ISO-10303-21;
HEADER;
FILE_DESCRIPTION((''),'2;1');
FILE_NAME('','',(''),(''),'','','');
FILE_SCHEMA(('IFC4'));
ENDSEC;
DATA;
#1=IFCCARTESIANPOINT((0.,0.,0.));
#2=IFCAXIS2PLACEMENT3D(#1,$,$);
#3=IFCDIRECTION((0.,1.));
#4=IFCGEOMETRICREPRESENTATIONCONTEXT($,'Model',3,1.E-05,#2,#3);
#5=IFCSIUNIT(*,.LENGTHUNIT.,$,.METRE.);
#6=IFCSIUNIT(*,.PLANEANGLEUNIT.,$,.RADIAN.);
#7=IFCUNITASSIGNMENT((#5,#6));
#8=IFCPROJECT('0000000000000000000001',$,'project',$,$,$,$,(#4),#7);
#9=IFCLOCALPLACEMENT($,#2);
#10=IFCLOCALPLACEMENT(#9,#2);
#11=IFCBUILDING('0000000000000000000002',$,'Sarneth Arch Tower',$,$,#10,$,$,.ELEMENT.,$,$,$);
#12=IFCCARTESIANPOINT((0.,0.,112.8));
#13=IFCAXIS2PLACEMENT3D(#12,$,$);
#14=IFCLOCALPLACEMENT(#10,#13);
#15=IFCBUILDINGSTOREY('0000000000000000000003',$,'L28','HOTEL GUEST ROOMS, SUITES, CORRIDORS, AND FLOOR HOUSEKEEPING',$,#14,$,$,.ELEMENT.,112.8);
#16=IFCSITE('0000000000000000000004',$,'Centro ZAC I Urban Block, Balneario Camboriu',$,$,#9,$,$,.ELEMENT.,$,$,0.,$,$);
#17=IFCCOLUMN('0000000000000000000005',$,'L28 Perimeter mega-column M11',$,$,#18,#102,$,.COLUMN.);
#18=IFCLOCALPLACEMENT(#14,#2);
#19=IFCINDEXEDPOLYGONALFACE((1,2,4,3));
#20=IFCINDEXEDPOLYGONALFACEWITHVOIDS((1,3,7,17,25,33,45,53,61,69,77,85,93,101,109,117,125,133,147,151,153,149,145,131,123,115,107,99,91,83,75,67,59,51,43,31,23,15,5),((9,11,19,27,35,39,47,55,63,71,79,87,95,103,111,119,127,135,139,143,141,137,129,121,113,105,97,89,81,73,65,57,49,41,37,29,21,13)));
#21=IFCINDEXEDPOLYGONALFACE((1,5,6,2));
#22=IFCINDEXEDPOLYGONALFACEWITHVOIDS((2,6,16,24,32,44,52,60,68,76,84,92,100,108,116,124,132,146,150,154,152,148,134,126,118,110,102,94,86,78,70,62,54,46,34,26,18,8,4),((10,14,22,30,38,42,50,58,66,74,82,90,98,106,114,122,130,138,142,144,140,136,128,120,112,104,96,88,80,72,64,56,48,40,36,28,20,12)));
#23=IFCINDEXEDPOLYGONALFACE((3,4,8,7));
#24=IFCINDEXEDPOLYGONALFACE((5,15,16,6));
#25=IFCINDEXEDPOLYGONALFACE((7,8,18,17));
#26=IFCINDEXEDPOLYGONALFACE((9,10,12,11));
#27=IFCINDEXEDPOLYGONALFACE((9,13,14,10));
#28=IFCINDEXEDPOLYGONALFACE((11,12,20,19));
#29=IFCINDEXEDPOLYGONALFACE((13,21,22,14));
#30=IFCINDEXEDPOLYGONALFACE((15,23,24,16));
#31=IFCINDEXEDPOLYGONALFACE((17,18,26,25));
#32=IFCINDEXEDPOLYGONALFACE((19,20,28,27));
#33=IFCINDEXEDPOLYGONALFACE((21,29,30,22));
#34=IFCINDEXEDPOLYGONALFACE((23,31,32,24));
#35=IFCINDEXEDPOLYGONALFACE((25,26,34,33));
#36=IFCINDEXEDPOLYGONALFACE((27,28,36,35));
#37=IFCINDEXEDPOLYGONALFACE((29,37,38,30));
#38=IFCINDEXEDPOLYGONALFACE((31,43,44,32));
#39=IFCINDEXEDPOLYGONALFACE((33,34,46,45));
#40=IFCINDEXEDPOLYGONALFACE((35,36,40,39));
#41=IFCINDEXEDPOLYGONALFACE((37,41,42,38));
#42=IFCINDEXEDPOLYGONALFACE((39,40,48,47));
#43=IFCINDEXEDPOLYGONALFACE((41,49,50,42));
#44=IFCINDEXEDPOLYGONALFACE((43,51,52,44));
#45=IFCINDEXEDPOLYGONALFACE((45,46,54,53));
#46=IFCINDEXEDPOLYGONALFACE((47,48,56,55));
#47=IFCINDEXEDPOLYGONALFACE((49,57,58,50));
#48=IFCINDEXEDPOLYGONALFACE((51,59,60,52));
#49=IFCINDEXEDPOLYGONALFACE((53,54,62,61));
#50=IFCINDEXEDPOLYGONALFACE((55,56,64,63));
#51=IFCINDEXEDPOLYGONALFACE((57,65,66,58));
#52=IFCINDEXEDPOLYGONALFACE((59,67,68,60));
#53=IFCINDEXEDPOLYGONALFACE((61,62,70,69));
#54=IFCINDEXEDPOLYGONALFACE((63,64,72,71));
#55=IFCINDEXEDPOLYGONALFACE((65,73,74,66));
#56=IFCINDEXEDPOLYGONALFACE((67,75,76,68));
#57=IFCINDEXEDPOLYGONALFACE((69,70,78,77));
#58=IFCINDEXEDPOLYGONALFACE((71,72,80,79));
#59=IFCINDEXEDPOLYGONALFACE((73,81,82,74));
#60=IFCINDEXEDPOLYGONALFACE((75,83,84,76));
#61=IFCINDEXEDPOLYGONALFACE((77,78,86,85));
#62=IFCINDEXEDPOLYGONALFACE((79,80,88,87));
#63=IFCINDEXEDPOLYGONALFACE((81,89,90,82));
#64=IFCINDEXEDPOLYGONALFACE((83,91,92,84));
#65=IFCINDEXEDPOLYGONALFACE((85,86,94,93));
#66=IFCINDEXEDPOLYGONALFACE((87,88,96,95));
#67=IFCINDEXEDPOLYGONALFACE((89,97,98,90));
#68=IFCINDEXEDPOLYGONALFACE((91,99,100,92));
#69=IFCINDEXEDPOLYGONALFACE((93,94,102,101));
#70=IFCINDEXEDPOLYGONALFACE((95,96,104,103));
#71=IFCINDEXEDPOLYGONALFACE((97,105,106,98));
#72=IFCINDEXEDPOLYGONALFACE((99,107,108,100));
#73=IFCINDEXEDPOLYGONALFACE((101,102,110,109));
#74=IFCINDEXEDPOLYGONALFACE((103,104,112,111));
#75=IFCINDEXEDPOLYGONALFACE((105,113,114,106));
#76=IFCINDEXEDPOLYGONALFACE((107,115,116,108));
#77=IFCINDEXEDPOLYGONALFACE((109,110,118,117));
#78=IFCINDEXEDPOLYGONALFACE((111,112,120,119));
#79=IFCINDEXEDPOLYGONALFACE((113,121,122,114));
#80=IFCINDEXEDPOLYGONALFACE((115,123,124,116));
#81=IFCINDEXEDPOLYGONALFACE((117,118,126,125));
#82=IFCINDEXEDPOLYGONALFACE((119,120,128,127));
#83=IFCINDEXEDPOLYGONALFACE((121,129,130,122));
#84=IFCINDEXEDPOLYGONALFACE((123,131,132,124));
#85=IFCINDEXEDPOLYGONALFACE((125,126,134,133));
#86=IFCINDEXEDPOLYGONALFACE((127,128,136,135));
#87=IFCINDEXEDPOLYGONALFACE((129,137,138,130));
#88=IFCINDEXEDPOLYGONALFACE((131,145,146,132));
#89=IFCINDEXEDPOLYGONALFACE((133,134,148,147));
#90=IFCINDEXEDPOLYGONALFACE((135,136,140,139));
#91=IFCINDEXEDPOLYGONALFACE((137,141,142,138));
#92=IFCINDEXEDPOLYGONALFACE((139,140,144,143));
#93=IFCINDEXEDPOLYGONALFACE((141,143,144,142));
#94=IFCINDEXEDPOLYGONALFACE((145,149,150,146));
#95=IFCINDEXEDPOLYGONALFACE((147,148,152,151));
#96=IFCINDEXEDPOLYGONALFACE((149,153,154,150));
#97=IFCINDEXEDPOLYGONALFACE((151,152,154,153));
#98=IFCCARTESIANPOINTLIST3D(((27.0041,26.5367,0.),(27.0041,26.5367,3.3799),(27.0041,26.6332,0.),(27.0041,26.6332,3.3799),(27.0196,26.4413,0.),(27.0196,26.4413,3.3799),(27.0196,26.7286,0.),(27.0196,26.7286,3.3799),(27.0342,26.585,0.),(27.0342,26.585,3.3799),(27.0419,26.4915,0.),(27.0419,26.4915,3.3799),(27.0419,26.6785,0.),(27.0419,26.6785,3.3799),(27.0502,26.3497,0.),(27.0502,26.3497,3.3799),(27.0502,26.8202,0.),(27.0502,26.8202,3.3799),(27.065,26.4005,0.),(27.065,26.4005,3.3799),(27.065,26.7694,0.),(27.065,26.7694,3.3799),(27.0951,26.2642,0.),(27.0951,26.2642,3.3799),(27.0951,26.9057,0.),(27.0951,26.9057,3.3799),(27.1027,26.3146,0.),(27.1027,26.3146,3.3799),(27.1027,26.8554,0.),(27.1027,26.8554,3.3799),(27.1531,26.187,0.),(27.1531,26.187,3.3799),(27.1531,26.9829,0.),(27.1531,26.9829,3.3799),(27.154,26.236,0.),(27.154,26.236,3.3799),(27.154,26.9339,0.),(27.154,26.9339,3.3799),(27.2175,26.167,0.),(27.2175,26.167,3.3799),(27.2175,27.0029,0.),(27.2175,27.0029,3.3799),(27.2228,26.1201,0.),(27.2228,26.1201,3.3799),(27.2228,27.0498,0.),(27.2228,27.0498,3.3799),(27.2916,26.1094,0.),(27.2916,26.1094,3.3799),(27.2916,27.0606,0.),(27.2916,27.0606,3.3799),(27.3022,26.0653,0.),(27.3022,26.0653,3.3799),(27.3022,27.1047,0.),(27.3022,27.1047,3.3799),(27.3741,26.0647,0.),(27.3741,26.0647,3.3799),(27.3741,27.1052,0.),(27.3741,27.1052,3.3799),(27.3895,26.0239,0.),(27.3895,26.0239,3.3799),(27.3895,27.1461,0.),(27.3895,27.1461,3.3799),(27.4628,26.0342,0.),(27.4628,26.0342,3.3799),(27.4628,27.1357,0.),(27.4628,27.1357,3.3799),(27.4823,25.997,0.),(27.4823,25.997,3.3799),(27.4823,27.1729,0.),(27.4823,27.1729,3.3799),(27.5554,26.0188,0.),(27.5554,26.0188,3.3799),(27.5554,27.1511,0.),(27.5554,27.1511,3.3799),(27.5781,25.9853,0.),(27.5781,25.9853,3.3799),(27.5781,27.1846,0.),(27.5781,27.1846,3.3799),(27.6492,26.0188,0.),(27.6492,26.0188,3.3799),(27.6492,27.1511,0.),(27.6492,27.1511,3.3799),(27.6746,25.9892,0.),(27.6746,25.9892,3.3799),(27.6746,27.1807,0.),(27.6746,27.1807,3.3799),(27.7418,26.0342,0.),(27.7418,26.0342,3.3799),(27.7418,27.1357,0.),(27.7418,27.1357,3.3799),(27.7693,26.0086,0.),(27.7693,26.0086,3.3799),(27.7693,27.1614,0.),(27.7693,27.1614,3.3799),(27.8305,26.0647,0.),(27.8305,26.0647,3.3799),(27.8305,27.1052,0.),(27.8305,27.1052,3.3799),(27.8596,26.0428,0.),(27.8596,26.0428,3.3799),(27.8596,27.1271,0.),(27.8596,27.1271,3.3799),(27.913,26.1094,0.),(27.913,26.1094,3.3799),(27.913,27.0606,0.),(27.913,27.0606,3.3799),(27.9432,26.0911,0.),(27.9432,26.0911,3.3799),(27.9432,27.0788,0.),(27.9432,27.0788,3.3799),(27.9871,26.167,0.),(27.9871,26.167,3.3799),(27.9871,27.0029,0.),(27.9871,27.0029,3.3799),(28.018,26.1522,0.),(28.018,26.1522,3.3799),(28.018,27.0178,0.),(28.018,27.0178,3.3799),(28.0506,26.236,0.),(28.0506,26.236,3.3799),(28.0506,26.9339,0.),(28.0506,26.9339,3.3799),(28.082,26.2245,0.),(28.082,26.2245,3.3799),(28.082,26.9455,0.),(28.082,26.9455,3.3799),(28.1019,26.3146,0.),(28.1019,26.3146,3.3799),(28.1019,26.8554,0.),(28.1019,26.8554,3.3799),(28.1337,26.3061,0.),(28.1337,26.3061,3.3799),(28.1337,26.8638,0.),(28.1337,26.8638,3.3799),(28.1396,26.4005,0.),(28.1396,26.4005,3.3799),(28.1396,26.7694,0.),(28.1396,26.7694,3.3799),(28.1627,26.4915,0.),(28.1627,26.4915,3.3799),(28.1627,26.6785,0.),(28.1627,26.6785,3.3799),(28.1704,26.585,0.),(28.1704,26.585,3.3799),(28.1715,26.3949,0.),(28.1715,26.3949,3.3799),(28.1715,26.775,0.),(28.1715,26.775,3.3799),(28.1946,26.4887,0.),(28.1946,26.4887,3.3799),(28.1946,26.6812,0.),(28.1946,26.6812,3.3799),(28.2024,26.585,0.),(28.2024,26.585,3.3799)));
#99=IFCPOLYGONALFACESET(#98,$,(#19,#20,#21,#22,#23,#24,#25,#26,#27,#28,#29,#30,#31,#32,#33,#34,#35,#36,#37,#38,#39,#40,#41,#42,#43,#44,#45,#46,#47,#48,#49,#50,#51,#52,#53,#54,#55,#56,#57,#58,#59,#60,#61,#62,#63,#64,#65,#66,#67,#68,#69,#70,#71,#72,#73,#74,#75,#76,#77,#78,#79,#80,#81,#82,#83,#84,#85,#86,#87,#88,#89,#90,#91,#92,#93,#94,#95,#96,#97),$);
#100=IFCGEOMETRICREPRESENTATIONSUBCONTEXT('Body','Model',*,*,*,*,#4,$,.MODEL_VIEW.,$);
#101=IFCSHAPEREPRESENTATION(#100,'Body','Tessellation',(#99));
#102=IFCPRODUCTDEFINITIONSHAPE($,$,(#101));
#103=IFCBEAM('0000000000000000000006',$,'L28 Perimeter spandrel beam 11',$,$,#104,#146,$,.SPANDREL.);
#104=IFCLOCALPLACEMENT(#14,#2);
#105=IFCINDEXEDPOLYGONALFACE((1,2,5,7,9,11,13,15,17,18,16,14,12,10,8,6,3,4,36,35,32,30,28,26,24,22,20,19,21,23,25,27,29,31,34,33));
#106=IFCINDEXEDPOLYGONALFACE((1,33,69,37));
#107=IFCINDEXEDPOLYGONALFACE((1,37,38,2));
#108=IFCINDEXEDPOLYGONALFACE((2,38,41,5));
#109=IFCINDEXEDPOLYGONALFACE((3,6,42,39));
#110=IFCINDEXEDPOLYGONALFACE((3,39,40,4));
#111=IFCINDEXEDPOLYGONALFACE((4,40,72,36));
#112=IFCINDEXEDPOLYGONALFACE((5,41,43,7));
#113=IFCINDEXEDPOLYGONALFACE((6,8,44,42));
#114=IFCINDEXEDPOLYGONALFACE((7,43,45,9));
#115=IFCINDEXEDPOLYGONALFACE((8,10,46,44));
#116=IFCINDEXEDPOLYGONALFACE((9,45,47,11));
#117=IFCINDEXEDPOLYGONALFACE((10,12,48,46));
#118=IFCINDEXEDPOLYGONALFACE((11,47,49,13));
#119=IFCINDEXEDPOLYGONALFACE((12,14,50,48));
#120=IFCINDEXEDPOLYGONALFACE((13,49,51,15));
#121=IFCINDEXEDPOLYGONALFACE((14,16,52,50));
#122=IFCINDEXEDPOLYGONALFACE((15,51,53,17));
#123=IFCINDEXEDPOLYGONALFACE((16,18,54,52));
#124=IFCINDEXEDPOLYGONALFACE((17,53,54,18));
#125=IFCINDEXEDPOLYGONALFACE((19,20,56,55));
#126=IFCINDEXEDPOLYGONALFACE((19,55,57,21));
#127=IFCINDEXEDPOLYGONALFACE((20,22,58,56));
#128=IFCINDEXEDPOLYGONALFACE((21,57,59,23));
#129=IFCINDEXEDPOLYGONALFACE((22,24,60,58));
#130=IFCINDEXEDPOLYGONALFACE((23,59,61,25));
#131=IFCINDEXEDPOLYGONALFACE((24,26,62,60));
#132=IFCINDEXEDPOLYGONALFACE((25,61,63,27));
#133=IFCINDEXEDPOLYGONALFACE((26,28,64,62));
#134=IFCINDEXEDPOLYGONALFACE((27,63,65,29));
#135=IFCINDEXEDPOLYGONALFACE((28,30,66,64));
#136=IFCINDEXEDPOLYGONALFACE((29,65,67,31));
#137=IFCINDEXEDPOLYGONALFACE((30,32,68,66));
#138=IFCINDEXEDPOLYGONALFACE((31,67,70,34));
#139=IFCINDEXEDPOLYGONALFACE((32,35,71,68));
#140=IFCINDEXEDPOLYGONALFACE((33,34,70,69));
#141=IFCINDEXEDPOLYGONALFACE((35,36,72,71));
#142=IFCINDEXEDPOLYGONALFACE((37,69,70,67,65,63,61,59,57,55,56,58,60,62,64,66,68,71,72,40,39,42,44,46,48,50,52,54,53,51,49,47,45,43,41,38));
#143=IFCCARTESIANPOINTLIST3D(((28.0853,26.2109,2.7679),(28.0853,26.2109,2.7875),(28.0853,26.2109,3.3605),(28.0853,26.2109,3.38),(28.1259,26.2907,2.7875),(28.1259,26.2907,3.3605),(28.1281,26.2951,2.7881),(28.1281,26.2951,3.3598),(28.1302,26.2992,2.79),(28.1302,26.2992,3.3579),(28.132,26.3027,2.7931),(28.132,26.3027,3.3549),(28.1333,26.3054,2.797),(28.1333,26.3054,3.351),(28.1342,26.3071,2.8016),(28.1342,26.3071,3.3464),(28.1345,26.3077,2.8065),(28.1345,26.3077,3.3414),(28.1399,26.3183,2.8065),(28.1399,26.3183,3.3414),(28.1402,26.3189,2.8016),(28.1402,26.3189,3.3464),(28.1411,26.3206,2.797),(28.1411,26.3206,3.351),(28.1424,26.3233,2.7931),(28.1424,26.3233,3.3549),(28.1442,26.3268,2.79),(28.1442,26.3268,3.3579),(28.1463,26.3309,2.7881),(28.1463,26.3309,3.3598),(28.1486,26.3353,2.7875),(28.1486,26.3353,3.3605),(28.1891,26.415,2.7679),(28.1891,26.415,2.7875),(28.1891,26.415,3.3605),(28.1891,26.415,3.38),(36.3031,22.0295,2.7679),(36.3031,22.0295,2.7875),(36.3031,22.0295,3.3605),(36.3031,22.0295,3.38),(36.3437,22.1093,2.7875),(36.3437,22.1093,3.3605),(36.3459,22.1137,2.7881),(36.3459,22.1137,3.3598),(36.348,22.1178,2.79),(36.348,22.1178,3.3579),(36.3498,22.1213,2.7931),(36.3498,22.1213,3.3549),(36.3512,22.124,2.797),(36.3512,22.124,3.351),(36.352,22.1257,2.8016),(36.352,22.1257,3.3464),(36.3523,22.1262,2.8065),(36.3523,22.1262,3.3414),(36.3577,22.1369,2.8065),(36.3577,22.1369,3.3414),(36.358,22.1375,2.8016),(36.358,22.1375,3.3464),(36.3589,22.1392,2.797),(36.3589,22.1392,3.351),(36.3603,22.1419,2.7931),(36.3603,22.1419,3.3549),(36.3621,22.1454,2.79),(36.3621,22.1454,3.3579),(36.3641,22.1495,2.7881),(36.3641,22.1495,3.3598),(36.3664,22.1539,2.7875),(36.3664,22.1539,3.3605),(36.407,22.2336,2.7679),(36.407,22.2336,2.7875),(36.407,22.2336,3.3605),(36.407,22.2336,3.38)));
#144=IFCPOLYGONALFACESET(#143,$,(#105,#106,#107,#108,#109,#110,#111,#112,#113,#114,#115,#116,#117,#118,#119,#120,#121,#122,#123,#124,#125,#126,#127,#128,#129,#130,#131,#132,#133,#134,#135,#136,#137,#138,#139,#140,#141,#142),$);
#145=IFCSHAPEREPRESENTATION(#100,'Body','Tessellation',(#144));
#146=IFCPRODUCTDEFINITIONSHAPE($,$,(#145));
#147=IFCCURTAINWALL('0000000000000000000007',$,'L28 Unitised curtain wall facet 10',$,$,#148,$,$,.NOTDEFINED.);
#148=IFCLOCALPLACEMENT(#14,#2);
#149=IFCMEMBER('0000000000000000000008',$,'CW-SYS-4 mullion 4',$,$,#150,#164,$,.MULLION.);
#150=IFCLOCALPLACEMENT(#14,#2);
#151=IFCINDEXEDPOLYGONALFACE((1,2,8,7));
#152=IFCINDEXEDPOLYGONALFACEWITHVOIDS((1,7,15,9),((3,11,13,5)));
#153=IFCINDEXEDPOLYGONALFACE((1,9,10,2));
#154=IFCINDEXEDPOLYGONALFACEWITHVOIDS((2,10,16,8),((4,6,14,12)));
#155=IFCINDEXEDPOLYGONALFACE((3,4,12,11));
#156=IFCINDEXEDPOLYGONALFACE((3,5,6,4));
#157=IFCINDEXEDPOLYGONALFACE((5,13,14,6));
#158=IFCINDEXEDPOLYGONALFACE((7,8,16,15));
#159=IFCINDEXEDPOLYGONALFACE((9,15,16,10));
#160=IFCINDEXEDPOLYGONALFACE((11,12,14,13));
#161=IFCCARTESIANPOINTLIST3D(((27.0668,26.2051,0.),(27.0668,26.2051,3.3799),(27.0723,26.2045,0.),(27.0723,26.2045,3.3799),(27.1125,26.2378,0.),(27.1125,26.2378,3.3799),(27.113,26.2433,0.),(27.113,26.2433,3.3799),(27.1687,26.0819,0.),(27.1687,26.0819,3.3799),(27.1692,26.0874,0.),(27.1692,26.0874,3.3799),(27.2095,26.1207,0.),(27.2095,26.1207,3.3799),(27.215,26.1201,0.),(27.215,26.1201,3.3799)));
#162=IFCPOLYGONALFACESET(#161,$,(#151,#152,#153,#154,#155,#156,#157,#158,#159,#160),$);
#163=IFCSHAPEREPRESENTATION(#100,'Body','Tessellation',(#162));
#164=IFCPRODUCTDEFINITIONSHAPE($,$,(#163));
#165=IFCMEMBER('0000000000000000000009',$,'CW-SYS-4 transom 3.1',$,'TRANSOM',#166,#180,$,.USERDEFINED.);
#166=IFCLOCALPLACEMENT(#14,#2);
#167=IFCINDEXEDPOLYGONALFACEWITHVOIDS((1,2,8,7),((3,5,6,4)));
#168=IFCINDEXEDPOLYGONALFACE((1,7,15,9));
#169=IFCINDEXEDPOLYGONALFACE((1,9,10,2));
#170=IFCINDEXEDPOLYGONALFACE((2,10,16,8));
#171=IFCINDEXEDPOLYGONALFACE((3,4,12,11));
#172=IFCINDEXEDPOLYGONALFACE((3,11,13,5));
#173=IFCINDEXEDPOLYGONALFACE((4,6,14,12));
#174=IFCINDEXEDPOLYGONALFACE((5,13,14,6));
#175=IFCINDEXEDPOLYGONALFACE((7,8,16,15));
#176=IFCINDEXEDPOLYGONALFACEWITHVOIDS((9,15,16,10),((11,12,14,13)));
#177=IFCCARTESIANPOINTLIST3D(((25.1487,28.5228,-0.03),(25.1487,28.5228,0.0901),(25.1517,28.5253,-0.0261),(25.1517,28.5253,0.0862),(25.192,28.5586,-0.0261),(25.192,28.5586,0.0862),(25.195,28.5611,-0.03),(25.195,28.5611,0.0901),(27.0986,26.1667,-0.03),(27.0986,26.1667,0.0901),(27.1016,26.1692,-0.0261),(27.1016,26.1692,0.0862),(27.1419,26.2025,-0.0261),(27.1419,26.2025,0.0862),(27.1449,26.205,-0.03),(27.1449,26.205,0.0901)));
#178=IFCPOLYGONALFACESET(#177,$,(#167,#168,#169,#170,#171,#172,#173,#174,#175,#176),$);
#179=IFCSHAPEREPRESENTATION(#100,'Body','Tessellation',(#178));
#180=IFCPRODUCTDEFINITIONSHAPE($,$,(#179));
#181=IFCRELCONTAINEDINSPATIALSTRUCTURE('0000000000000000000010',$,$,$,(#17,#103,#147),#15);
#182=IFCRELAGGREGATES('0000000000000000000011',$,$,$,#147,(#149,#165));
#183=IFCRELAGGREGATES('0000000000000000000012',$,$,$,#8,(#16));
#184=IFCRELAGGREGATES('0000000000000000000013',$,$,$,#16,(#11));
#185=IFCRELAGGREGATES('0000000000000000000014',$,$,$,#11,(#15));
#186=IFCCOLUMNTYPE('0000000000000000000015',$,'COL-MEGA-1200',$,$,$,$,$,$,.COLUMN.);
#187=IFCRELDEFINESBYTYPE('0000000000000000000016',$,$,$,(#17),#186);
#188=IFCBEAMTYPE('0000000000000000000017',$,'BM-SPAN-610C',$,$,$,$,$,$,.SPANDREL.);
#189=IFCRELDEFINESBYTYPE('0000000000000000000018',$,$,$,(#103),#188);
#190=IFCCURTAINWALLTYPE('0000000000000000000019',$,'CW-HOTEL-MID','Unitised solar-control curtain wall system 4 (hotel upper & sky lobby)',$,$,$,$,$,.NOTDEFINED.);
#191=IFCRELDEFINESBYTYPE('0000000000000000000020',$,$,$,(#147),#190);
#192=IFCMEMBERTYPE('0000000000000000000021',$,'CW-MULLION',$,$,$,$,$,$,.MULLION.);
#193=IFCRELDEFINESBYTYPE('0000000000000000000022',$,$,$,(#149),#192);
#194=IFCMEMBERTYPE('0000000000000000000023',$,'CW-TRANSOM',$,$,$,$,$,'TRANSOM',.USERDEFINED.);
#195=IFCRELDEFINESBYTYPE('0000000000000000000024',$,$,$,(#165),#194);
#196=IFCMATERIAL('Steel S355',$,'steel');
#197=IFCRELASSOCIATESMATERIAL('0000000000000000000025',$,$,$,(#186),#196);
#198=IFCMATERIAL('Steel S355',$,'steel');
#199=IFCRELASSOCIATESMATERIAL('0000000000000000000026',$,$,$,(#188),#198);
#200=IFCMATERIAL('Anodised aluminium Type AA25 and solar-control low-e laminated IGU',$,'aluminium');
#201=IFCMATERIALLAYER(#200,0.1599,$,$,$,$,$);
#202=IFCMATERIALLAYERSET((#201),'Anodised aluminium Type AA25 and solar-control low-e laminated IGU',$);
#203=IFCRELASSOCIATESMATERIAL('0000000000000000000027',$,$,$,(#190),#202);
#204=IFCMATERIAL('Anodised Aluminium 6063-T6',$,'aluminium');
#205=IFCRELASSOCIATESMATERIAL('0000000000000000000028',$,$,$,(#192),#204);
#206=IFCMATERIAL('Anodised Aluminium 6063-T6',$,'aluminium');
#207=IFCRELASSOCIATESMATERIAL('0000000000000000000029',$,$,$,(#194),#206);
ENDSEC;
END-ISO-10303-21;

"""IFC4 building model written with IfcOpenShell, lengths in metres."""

from ifc_helpers import new_model, si_unit, direction, frame, origin, origin_2d, place, context, subcontext, project, spatial, hollow_rectangle, hollow_circle, i_section, extrude, material, layer, layer_set, material_profile, profile_set, type_object, element, aggregate, save


model = new_model("IFC4")

# Units and contexts
model_context = context("Model", 3, precision=1e-05, world=origin(), true_north=direction((0.0, 1.0)))
body_context = subcontext(model_context, "Body", "Model", "MODEL_VIEW")
ifc_project = project(units=[si_unit("LENGTHUNIT", "METRE"), si_unit("PLANEANGLEUNIT", "RADIAN")], contexts=[model_context])

# Site, building, storey
site_placement = place(None, origin())
site = spatial("IfcSite", under=ifc_project, at=site_placement, Name="Centro ZAC I Urban Block, Balneario Camboriu", CompositionType="ELEMENT", RefElevation=0.0)
building_placement = place(site_placement, origin())
building = spatial("IfcBuilding", under=site, at=building_placement, Name="Sarneth Arch Tower", CompositionType="ELEMENT")
storey_placement = place(building_placement, frame((0.0, 0.0, 112.8)))
storey = spatial("IfcBuildingStorey", under=building, at=storey_placement, Name="L28", Description="HOTEL GUEST ROOMS, SUITES, CORRIDORS, AND FLOOR HOUSEKEEPING", CompositionType="ELEMENT", Elevation=112.8)

# Column
ifc_material_1 = material(Name="Steel S355", Category="steel")
ifc_material_profile_1 = material_profile(ifc_material_1, hollow_circle(Radius=0.6001, WallThickness=0.032, at=origin_2d()), Name="CHS1200x32")
ifc_profile_set_1 = profile_set([ifc_material_profile_1], Name="Steel S355")
column_type = type_object("IfcColumnType", Name="COL-MEGA-1200", PredefinedType="COLUMN", material=ifc_profile_set_1)
column_placement = place(storey_placement, frame((27.6023, 26.585, 0.0), z_axis=(0.0, 0.0, 1.0), x_axis=(1.0, 0.0, 0.0)))
element("IfcColumn", 1, at=column_placement, inside=storey, type_object=column_type, Name="L28 Perimeter mega-column M11", PredefinedType="COLUMN", context=body_context, shape_type="SweptSolid", body=[
    extrude(hollow_circle(Radius=0.6001, WallThickness=0.032, at=origin_2d()), origin(), (0.0, 0.0, 1.0), 3.3799),
])

# Beam
ifc_material_2 = material(Name="Steel S355", Category="steel")
ifc_material_profile_2 = material_profile(ifc_material_2, i_section(OverallWidth=0.229, OverallDepth=0.6121, WebThickness=0.012, FlangeThickness=0.0195, FilletRadius=0.019, at=origin_2d()), Name="W610x125")
ifc_profile_set_2 = profile_set([ifc_material_profile_2], Name="Steel S355")
beam_type = type_object("IfcBeamType", Name="BM-SPAN-610C", PredefinedType="SPANDREL", material=ifc_profile_set_2)
beam_placement = place(storey_placement, frame((28.1372, 26.313, 3.074), z_axis=(0.891259, -0.453494, 0.0), x_axis=(0.453494, 0.891259, 0.0)))
element("IfcBeam", 2, at=beam_placement, inside=storey, type_object=beam_type, Name="L28 Perimeter spandrel beam 11", PredefinedType="SPANDREL", context=body_context, shape_type="SweptSolid", body=[
    extrude(i_section(OverallWidth=0.229, OverallDepth=0.6121, WebThickness=0.012, FlangeThickness=0.0195, FilletRadius=0.019, at=origin_2d()), origin(), (0.0, 0.0, 1.0), 9.2205),
])

# Curtain wall, members
ifc_material_3 = material(Name="Anodised aluminium Type AA25 and solar-control low-e laminated IGU", Category="aluminium")
ifc_layer_1 = layer(ifc_material_3, 0.1599)
ifc_layer_set_1 = layer_set([ifc_layer_1], Name="Anodised aluminium Type AA25 and solar-control low-e laminated IGU")
curtain_wall_type = type_object("IfcCurtainWallType", Name="CW-HOTEL-MID", Description="Unitised solar-control curtain wall system 4 (hotel upper & sky lobby)", PredefinedType="NOTDEFINED", material=ifc_layer_set_1)
curtain_wall_placement = place(storey_placement, origin())
curtain_wall = element("IfcCurtainWall", 3, at=curtain_wall_placement, inside=storey, type_object=curtain_wall_type, Name="L28 Unitised curtain wall facet 10", PredefinedType="NOTDEFINED")
ifc_material_4 = material(Name="Anodised Aluminium 6063-T6", Category="aluminium")
ifc_material_profile_3 = material_profile(ifc_material_4, hollow_rectangle(XDim=0.0601, YDim=0.1599, WallThickness=0.0039, at=origin_2d()), Name="AL-MULL-160x60x4")
ifc_profile_set_3 = profile_set([ifc_material_profile_3], Name="Anodised Aluminium 6063-T6")
member_type_1 = type_object("IfcMemberType", Name="CW-MULLION", PredefinedType="MULLION", material=ifc_profile_set_3)
member_1_placement = place(storey_placement, frame((27.1409, 26.1626, 0.0), z_axis=(0.0, 0.0, 1.0), x_axis=(0.770438, 0.637515, 0.0)))
member_1 = element("IfcMember", 4, at=member_1_placement, type_object=member_type_1, Name="CW-SYS-4 mullion 4", PredefinedType="MULLION", context=body_context, shape_type="SweptSolid", body=[
    extrude(hollow_rectangle(XDim=0.0601, YDim=0.1599, WallThickness=0.0039, at=origin_2d()), origin(), (0.0, 0.0, 1.0), 3.3799),
])
ifc_material_5 = material(Name="Anodised Aluminium 6063-T6", Category="aluminium")
ifc_material_profile_4 = material_profile(ifc_material_5, hollow_rectangle(XDim=0.0601, YDim=0.1201, WallThickness=0.0039, at=origin_2d()), Name="AL-TRAN-120x60x4")
ifc_profile_set_4 = profile_set([ifc_material_profile_4], Name="Anodised Aluminium 6063-T6")
member_type_2 = type_object("IfcMemberType", Name="CW-TRANSOM", ElementType="TRANSOM", PredefinedType="USERDEFINED", material=ifc_profile_set_4)
member_2_placement = place(storey_placement, frame((25.1719, 28.542, 0.03), z_axis=(0.637566, -0.770396, 0.0), x_axis=(0.770396, 0.637566, 0.0)))
member_2 = element("IfcMember", 5, at=member_2_placement, type_object=member_type_2, Name="CW-SYS-4 transom 3.1", ObjectType="TRANSOM", PredefinedType="USERDEFINED", context=body_context, shape_type="SweptSolid", body=[
    extrude(hollow_rectangle(XDim=0.0601, YDim=0.1201, WallThickness=0.0039, at=origin_2d()), origin(), (0.0, 0.0, 1.0), 3.0583),
])

aggregate(curtain_wall, [member_1, member_2])

save(model, "model.ifc")
